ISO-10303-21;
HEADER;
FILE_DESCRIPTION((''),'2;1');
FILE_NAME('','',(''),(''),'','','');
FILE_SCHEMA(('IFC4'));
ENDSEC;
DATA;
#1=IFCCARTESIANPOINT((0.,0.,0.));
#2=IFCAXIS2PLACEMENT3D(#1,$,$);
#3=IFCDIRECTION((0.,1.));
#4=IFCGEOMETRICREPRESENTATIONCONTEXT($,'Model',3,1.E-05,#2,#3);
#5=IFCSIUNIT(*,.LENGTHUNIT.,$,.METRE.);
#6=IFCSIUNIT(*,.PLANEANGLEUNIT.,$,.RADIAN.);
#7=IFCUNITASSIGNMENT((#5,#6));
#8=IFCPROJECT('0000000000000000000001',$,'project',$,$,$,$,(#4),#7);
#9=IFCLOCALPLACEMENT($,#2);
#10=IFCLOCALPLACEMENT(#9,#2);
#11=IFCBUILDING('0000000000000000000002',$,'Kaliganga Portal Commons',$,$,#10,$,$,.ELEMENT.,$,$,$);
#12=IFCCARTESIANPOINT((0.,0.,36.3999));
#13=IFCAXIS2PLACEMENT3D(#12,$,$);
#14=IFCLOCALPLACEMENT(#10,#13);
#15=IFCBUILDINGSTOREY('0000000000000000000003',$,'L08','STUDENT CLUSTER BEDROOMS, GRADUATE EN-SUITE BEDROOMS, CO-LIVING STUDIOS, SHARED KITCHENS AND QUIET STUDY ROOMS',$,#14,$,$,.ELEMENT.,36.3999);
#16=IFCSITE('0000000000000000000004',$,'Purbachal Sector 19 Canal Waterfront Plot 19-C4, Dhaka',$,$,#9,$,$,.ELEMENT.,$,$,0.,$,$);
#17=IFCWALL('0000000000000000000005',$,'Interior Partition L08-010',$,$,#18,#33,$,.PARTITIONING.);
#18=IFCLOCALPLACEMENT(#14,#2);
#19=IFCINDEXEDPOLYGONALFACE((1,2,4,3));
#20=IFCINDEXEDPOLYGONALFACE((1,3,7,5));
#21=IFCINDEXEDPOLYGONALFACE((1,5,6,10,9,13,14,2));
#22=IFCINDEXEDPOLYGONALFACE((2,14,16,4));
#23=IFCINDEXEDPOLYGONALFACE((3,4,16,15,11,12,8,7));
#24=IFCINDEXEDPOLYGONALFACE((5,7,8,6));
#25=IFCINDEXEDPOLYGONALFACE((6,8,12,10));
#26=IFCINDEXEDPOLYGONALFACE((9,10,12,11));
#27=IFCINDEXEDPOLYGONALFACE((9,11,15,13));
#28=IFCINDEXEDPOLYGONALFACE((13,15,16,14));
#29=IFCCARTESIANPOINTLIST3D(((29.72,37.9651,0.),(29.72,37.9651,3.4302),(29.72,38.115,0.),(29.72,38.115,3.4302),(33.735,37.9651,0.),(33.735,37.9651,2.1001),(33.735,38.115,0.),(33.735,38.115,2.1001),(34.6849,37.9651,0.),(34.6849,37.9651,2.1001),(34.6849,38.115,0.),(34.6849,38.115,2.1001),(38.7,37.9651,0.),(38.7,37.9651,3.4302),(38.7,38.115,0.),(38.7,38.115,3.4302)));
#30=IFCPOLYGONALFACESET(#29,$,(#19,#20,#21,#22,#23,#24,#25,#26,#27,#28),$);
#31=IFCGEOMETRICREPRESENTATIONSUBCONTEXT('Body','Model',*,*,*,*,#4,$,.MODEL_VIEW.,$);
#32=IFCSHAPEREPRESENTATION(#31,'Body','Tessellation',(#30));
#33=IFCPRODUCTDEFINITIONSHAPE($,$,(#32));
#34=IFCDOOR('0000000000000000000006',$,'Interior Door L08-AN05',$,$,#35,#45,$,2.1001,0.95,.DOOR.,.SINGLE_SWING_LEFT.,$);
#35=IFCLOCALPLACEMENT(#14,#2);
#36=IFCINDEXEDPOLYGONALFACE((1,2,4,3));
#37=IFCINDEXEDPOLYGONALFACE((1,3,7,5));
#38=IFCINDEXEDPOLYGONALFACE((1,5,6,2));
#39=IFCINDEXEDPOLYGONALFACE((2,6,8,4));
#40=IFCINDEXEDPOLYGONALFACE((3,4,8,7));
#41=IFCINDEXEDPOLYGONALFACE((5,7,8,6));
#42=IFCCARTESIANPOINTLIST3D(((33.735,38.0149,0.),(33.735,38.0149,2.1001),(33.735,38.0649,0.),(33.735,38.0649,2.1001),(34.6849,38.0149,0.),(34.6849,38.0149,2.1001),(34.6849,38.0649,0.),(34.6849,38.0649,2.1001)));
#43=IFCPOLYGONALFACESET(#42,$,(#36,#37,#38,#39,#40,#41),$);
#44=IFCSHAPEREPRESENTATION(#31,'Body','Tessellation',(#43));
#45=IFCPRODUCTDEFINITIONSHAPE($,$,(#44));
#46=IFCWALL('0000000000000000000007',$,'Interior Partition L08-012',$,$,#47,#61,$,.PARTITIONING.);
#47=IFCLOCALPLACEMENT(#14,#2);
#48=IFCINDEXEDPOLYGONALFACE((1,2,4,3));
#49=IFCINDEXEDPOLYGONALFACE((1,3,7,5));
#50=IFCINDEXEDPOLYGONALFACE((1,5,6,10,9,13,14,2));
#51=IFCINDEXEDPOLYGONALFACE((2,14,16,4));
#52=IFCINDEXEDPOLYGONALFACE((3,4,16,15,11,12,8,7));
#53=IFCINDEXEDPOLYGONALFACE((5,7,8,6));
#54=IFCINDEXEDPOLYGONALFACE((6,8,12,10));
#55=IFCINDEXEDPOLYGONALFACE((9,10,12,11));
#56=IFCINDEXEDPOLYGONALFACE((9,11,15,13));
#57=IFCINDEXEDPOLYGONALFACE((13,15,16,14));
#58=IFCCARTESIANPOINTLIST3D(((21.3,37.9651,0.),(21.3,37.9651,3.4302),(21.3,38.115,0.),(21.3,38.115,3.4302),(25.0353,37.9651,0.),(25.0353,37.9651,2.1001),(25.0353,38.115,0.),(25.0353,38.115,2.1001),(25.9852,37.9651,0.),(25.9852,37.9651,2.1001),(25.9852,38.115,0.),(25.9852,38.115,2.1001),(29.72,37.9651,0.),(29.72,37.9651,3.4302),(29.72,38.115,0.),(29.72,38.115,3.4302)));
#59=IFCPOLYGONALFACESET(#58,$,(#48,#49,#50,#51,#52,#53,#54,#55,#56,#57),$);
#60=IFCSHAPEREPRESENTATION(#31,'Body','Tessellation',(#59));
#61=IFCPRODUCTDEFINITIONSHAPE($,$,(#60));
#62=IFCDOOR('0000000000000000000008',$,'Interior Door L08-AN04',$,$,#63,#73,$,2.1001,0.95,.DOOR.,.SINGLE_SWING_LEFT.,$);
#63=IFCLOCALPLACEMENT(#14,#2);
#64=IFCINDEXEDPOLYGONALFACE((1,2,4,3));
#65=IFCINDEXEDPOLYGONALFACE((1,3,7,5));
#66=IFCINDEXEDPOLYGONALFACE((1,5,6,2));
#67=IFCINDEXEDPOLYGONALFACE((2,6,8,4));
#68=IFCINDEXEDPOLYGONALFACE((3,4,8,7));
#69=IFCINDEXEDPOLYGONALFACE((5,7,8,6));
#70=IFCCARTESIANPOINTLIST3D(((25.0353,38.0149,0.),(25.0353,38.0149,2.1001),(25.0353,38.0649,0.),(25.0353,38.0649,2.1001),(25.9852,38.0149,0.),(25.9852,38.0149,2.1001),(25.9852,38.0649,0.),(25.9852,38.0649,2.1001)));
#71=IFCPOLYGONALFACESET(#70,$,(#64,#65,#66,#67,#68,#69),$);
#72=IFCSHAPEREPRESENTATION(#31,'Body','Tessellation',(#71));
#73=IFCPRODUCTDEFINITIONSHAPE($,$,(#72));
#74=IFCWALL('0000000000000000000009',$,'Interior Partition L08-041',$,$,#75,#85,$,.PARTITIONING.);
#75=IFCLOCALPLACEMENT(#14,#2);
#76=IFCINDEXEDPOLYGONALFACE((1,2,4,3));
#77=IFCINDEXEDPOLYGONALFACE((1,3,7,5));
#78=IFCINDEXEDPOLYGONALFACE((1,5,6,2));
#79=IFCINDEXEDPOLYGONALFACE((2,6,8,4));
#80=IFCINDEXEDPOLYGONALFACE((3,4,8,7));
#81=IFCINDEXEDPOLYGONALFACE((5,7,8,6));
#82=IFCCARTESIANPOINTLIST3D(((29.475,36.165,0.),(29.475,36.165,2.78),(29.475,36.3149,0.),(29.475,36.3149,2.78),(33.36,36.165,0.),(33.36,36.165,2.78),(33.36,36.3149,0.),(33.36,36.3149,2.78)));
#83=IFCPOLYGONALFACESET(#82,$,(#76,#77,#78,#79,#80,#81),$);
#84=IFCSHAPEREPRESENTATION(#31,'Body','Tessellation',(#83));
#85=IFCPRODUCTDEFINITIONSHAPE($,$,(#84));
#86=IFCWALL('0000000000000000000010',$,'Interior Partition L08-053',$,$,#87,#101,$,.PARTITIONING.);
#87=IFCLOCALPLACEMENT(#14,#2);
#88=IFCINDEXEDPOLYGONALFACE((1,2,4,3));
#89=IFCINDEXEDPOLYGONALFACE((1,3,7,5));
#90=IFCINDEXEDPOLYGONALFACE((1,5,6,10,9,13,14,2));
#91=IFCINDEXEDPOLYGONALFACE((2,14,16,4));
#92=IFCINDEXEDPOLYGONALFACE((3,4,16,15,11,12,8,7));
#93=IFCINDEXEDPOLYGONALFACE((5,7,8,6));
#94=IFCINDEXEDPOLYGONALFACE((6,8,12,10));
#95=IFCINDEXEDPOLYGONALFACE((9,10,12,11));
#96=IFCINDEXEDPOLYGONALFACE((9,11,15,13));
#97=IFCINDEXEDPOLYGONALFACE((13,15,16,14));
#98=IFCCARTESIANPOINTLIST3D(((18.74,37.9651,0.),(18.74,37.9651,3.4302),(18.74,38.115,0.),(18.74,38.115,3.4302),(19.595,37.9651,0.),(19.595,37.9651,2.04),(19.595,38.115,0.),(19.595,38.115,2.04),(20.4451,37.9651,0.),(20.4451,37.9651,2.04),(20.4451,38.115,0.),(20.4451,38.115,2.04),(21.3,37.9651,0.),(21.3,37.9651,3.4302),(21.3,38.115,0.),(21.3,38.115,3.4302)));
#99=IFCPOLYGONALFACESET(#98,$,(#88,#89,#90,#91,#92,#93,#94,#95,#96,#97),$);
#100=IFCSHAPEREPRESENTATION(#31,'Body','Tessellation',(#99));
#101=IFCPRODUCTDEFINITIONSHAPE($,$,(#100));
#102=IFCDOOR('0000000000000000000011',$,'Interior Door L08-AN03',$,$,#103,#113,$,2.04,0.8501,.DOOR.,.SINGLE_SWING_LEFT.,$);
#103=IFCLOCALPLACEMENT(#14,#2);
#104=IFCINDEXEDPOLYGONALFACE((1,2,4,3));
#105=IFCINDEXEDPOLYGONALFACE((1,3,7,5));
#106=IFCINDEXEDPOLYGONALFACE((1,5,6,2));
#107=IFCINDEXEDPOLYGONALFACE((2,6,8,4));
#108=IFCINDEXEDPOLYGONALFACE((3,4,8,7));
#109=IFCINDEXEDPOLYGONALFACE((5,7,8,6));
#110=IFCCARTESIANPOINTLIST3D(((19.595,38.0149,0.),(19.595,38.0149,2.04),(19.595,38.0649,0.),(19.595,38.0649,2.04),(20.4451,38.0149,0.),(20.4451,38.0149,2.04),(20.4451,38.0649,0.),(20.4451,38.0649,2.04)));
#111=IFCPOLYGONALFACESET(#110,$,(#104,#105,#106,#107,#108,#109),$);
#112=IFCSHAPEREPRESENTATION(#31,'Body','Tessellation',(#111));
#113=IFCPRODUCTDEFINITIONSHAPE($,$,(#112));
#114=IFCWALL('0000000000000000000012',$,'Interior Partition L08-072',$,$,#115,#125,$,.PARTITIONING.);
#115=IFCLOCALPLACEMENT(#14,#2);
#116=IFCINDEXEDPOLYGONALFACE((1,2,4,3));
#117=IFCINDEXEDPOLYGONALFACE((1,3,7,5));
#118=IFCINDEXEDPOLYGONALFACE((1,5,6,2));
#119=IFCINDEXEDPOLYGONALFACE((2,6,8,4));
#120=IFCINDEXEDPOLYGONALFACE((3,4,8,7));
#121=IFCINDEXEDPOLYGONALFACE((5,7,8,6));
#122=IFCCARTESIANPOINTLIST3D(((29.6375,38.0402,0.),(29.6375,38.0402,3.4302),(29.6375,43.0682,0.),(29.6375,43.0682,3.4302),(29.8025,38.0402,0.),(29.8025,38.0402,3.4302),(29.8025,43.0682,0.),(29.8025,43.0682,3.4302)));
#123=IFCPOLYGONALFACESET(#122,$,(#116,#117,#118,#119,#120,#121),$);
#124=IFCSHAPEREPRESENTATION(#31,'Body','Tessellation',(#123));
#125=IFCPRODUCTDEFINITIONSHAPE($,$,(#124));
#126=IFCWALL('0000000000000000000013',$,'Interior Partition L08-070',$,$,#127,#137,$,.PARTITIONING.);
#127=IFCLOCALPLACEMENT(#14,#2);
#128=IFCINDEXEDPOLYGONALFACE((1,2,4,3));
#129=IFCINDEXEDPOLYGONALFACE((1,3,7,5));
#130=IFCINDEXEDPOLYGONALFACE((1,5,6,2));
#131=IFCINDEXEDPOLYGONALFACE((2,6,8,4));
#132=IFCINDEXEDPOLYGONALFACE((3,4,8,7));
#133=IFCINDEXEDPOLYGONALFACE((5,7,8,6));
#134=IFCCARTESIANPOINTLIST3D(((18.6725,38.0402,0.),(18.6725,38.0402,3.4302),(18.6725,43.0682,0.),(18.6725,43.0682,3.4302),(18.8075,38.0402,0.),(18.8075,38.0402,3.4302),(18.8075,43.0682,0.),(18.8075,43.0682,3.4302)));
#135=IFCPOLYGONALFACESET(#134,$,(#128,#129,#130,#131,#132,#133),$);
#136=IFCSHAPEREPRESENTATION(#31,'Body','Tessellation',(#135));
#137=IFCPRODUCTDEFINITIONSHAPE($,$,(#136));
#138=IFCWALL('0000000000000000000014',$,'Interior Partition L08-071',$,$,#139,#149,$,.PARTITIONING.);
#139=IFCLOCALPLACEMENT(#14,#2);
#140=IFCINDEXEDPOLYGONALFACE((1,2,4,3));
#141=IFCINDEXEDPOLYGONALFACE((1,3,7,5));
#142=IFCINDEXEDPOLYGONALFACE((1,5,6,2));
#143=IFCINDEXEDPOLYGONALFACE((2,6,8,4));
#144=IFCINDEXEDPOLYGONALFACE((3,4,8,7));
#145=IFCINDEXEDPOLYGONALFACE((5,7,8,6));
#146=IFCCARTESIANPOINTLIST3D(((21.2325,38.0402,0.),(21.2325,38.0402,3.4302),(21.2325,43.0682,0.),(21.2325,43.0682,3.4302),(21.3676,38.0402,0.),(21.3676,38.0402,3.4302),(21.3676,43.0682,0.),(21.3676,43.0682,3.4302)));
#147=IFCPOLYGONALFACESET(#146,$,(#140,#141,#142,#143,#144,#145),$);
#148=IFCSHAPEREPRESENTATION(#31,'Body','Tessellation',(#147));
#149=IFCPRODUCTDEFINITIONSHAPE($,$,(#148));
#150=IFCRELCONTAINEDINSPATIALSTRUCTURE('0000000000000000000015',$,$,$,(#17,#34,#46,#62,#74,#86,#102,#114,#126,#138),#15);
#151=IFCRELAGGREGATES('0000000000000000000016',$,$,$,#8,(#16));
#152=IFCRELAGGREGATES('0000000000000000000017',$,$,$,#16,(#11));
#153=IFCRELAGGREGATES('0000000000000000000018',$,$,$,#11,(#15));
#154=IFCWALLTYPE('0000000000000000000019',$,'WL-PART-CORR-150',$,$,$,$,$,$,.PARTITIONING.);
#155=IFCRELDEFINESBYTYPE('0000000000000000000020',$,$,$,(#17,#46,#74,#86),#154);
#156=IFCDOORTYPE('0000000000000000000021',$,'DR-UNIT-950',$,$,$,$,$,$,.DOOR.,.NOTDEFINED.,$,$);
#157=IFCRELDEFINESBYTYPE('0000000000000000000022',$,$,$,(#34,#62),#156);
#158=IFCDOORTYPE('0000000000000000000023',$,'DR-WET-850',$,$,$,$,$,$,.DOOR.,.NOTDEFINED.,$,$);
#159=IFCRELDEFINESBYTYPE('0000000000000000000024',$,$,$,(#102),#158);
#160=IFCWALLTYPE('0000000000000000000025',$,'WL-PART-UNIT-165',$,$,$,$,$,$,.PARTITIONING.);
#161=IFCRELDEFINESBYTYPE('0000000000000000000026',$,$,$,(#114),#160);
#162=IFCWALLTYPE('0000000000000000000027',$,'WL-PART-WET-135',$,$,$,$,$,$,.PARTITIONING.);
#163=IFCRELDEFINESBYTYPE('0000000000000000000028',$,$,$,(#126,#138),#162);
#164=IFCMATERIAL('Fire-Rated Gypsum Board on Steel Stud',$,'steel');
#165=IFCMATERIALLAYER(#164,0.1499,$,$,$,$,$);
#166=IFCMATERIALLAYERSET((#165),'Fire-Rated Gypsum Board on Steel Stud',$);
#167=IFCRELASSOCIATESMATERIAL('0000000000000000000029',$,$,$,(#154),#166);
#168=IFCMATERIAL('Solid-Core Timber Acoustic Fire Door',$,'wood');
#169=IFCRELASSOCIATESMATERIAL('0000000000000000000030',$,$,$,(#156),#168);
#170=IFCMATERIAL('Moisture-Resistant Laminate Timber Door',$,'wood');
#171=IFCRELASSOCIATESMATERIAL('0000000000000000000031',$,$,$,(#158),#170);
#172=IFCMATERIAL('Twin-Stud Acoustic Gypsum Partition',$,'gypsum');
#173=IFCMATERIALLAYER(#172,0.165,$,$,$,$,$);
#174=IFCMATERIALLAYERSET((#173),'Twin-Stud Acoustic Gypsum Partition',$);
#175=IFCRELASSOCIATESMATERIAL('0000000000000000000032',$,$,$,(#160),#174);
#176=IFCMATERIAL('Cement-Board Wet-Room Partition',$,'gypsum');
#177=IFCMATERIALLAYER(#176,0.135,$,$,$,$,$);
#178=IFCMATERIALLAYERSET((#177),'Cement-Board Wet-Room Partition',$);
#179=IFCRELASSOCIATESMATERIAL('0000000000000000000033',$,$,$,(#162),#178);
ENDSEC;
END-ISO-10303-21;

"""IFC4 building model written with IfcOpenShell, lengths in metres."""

from ifc_helpers import new_model, si_unit, direction, frame, frame_2d, origin, place, context, subcontext, project, spatial, rectangle, extrude, material, layer, layer_set, type_object, element, fill, save


model = new_model("IFC4")

# Units and contexts
model_context = context("Model", 3, precision=1e-05, world=origin(), true_north=direction((0.0, 1.0)))
body_context = subcontext(model_context, "Body", "Model", "MODEL_VIEW")
ifc_project = project(units=[si_unit("LENGTHUNIT", "METRE"), si_unit("PLANEANGLEUNIT", "RADIAN")], contexts=[model_context])

# Site, building, storey
site_placement = place(None, origin())
site = spatial("IfcSite", under=ifc_project, at=site_placement, Name="Purbachal Sector 19 Canal Waterfront Plot 19-C4, Dhaka", CompositionType="ELEMENT", RefElevation=0.0)
building_placement = place(site_placement, origin())
building = spatial("IfcBuilding", under=site, at=building_placement, Name="Kaliganga Portal Commons", CompositionType="ELEMENT")
storey_placement = place(building_placement, frame((0.0, 0.0, 36.3999)))
storey = spatial("IfcBuildingStorey", under=building, at=storey_placement, Name="L08", Description="STUDENT CLUSTER BEDROOMS, GRADUATE EN-SUITE BEDROOMS, CO-LIVING STUDIOS, SHARED KITCHENS AND QUIET STUDY ROOMS", CompositionType="ELEMENT", Elevation=36.3999)

# Walls, openings, doors
ifc_material_1 = material(Name="Fire-Rated Gypsum Board on Steel Stud", Category="steel")
ifc_layer_1 = layer(ifc_material_1, 0.1499)
ifc_layer_set_1 = layer_set([ifc_layer_1], Name="Fire-Rated Gypsum Board on Steel Stud")
wall_type_1 = type_object("IfcWallType", Name="WL-PART-CORR-150", PredefinedType="PARTITIONING", material=ifc_layer_set_1)
wall_1_placement = place(storey_placement, frame((29.72, 38.04, 0.0), z_axis=(0.0, 0.0, 1.0), x_axis=(1.0, 0.0, 0.0)))
wall_1 = element("IfcWall", 1, at=wall_1_placement, inside=storey, type_object=wall_type_1, Name="Interior Partition L08-010", PredefinedType="PARTITIONING", context=body_context, shape_type="SweptSolid", body=[
    extrude(rectangle(XDim=8.98, YDim=0.1499, at=frame_2d((4.49, 0.0))), origin(), (0.0, 0.0, 1.0), 3.4302),
])
opening_1_placement = place(wall_1_placement, frame((4.0149, 0.0, 0.0)))
opening_1 = element("IfcOpeningElement", 2, at=opening_1_placement, cuts=wall_1, PredefinedType="OPENING", context=body_context, shape_type="SweptSolid", body=[
    extrude(rectangle(XDim=0.95, YDim=2.1001, at=frame_2d((0.4751, 1.05))), frame((0.0, 0.085, 0.0), z_axis=(0.0, -1.0, 0.0), x_axis=(1.0, 0.0, 0.0)), (0.0, 0.0, 1.0), 0.1699),
])
ifc_material_2 = material(Name="Solid-Core Timber Acoustic Fire Door", Category="wood")
door_type_1 = type_object("IfcDoorType", Name="DR-UNIT-950", OperationType="NOTDEFINED", PredefinedType="DOOR", material=ifc_material_2)
door_1_placement = place(opening_1_placement, origin())
door_1 = element("IfcDoor", 3, at=door_1_placement, inside=storey, type_object=door_type_1, Name="Interior Door L08-AN05", OperationType="SINGLE_SWING_LEFT", OverallHeight=2.1001, OverallWidth=0.95, PredefinedType="DOOR", context=body_context, shape_type="SweptSolid", body=[
    extrude(rectangle(XDim=0.95, YDim=2.1001, at=frame_2d((0.4751, 1.05))), frame((0.0, 0.0249, 0.0), z_axis=(0.0, -1.0, 0.0), x_axis=(1.0, 0.0, 0.0)), (0.0, 0.0, 1.0), 0.05),
])
fill(opening_1, door_1)
wall_2_placement = place(storey_placement, frame((21.3, 38.04, 0.0), z_axis=(0.0, 0.0, 1.0), x_axis=(1.0, 0.0, 0.0)))
wall_2 = element("IfcWall", 4, at=wall_2_placement, inside=storey, type_object=wall_type_1, Name="Interior Partition L08-012", PredefinedType="PARTITIONING", context=body_context, shape_type="SweptSolid", body=[
    extrude(rectangle(XDim=8.4199, YDim=0.1499, at=frame_2d((4.21, 0.0))), origin(), (0.0, 0.0, 1.0), 3.4302),
])
opening_2_placement = place(wall_2_placement, frame((3.7351, 0.0, 0.0)))
opening_2 = element("IfcOpeningElement", 5, at=opening_2_placement, cuts=wall_2, PredefinedType="OPENING", context=body_context, shape_type="SweptSolid", body=[
    extrude(rectangle(XDim=0.95, YDim=2.1001, at=frame_2d((0.4751, 1.05))), frame((0.0, 0.085, 0.0), z_axis=(0.0, -1.0, 0.0), x_axis=(1.0, 0.0, 0.0)), (0.0, 0.0, 1.0), 0.1699),
])
door_2_placement = place(opening_2_placement, origin())
door_2 = element("IfcDoor", 6, at=door_2_placement, inside=storey, type_object=door_type_1, Name="Interior Door L08-AN04", OperationType="SINGLE_SWING_LEFT", OverallHeight=2.1001, OverallWidth=0.95, PredefinedType="DOOR", context=body_context, shape_type="SweptSolid", body=[
    extrude(rectangle(XDim=0.95, YDim=2.1001, at=frame_2d((0.4751, 1.05))), frame((0.0, 0.0249, 0.0), z_axis=(0.0, -1.0, 0.0), x_axis=(1.0, 0.0, 0.0)), (0.0, 0.0, 1.0), 0.05),
])
fill(opening_2, door_2)

# Wall
wall_3_placement = place(storey_placement, frame((29.4751, 36.24, 0.0), z_axis=(0.0, 0.0, 1.0), x_axis=(1.0, 0.0, 0.0)))
element("IfcWall", 7, at=wall_3_placement, inside=storey, type_object=wall_type_1, Name="Interior Partition L08-041", PredefinedType="PARTITIONING", context=body_context, shape_type="SweptSolid", body=[
    extrude(rectangle(XDim=3.885, YDim=0.1499, at=frame_2d((1.9424, 0.0))), origin(), (0.0, 0.0, 1.0), 2.78),
])

# Wall, opening, door
wall_4_placement = place(storey_placement, frame((18.74, 38.04, 0.0), z_axis=(0.0, 0.0, 1.0), x_axis=(1.0, 0.0, 0.0)))
wall_4 = element("IfcWall", 8, at=wall_4_placement, inside=storey, type_object=wall_type_1, Name="Interior Partition L08-053", PredefinedType="PARTITIONING", context=body_context, shape_type="SweptSolid", body=[
    extrude(rectangle(XDim=2.5601, YDim=0.1499, at=frame_2d((1.28, 0.0))), origin(), (0.0, 0.0, 1.0), 3.4302),
])
opening_3_placement = place(wall_4_placement, frame((0.855, 0.0, 0.0)))
opening_3 = element("IfcOpeningElement", 9, at=opening_3_placement, cuts=wall_4, PredefinedType="OPENING", context=body_context, shape_type="SweptSolid", body=[
    extrude(rectangle(XDim=0.8501, YDim=2.04, at=frame_2d((0.425, 1.02))), frame((0.0, 0.085, 0.0), z_axis=(0.0, -1.0, 0.0), x_axis=(1.0, 0.0, 0.0)), (0.0, 0.0, 1.0), 0.1699),
])
ifc_material_3 = material(Name="Moisture-Resistant Laminate Timber Door", Category="wood")
door_type_2 = type_object("IfcDoorType", Name="DR-WET-850", OperationType="NOTDEFINED", PredefinedType="DOOR", material=ifc_material_3)
door_3_placement = place(opening_3_placement, origin())
door_3 = element("IfcDoor", 10, at=door_3_placement, inside=storey, type_object=door_type_2, Name="Interior Door L08-AN03", OperationType="SINGLE_SWING_LEFT", OverallHeight=2.04, OverallWidth=0.8501, PredefinedType="DOOR", context=body_context, shape_type="SweptSolid", body=[
    extrude(rectangle(XDim=0.8501, YDim=2.04, at=frame_2d((0.425, 1.02))), frame((0.0, 0.0249, 0.0), z_axis=(0.0, -1.0, 0.0), x_axis=(1.0, 0.0, 0.0)), (0.0, 0.0, 1.0), 0.05),
])
fill(opening_3, door_3)

# Walls
ifc_material_4 = material(Name="Twin-Stud Acoustic Gypsum Partition", Category="gypsum")
ifc_layer_2 = layer(ifc_material_4, 0.165)
ifc_layer_set_2 = layer_set([ifc_layer_2], Name="Twin-Stud Acoustic Gypsum Partition")
wall_type_2 = type_object("IfcWallType", Name="WL-PART-UNIT-165", PredefinedType="PARTITIONING", material=ifc_layer_set_2)
wall_5_placement = place(storey_placement, frame((29.72, 38.04, 0.0), z_axis=(0.0, 0.0, 1.0), x_axis=(0.0, 1.0, 0.0)))
element("IfcWall", 11, at=wall_5_placement, inside=storey, type_object=wall_type_2, Name="Interior Partition L08-072", PredefinedType="PARTITIONING", context=body_context, shape_type="SweptSolid", body=[
    extrude(rectangle(XDim=5.0281, YDim=0.165, at=frame_2d((2.5142, 0.0))), origin(), (0.0, 0.0, 1.0), 3.4302),
])
ifc_material_5 = material(Name="Cement-Board Wet-Room Partition", Category="gypsum")
ifc_layer_3 = layer(ifc_material_5, 0.135)
ifc_layer_set_3 = layer_set([ifc_layer_3], Name="Cement-Board Wet-Room Partition")
wall_type_3 = type_object("IfcWallType", Name="WL-PART-WET-135", PredefinedType="PARTITIONING", material=ifc_layer_set_3)
for number, where, z_axis, x_axis, name in (
    (12, (18.74, 38.04, 0.0), (0.0, 0.0, 1.0), (0.0, 1.0, 0.0), "Interior Partition L08-070"),
    (13, (21.3, 38.04, 0.0), (0.0, 0.0, 1.0), (0.0, 1.0, 0.0), "Interior Partition L08-071"),
):
    element("IfcWall", number, at=place(storey_placement, frame(where, z_axis=z_axis, x_axis=x_axis)), inside=storey, type_object=wall_type_3, Name=name, PredefinedType="PARTITIONING", context=body_context, shape_type="SweptSolid", body=[
        extrude(rectangle(XDim=5.0281, YDim=0.135, at=frame_2d((2.5142, 0.0))), origin(), (0.0, 0.0, 1.0), 3.4302),
    ])

save(model, "model.ifc")
